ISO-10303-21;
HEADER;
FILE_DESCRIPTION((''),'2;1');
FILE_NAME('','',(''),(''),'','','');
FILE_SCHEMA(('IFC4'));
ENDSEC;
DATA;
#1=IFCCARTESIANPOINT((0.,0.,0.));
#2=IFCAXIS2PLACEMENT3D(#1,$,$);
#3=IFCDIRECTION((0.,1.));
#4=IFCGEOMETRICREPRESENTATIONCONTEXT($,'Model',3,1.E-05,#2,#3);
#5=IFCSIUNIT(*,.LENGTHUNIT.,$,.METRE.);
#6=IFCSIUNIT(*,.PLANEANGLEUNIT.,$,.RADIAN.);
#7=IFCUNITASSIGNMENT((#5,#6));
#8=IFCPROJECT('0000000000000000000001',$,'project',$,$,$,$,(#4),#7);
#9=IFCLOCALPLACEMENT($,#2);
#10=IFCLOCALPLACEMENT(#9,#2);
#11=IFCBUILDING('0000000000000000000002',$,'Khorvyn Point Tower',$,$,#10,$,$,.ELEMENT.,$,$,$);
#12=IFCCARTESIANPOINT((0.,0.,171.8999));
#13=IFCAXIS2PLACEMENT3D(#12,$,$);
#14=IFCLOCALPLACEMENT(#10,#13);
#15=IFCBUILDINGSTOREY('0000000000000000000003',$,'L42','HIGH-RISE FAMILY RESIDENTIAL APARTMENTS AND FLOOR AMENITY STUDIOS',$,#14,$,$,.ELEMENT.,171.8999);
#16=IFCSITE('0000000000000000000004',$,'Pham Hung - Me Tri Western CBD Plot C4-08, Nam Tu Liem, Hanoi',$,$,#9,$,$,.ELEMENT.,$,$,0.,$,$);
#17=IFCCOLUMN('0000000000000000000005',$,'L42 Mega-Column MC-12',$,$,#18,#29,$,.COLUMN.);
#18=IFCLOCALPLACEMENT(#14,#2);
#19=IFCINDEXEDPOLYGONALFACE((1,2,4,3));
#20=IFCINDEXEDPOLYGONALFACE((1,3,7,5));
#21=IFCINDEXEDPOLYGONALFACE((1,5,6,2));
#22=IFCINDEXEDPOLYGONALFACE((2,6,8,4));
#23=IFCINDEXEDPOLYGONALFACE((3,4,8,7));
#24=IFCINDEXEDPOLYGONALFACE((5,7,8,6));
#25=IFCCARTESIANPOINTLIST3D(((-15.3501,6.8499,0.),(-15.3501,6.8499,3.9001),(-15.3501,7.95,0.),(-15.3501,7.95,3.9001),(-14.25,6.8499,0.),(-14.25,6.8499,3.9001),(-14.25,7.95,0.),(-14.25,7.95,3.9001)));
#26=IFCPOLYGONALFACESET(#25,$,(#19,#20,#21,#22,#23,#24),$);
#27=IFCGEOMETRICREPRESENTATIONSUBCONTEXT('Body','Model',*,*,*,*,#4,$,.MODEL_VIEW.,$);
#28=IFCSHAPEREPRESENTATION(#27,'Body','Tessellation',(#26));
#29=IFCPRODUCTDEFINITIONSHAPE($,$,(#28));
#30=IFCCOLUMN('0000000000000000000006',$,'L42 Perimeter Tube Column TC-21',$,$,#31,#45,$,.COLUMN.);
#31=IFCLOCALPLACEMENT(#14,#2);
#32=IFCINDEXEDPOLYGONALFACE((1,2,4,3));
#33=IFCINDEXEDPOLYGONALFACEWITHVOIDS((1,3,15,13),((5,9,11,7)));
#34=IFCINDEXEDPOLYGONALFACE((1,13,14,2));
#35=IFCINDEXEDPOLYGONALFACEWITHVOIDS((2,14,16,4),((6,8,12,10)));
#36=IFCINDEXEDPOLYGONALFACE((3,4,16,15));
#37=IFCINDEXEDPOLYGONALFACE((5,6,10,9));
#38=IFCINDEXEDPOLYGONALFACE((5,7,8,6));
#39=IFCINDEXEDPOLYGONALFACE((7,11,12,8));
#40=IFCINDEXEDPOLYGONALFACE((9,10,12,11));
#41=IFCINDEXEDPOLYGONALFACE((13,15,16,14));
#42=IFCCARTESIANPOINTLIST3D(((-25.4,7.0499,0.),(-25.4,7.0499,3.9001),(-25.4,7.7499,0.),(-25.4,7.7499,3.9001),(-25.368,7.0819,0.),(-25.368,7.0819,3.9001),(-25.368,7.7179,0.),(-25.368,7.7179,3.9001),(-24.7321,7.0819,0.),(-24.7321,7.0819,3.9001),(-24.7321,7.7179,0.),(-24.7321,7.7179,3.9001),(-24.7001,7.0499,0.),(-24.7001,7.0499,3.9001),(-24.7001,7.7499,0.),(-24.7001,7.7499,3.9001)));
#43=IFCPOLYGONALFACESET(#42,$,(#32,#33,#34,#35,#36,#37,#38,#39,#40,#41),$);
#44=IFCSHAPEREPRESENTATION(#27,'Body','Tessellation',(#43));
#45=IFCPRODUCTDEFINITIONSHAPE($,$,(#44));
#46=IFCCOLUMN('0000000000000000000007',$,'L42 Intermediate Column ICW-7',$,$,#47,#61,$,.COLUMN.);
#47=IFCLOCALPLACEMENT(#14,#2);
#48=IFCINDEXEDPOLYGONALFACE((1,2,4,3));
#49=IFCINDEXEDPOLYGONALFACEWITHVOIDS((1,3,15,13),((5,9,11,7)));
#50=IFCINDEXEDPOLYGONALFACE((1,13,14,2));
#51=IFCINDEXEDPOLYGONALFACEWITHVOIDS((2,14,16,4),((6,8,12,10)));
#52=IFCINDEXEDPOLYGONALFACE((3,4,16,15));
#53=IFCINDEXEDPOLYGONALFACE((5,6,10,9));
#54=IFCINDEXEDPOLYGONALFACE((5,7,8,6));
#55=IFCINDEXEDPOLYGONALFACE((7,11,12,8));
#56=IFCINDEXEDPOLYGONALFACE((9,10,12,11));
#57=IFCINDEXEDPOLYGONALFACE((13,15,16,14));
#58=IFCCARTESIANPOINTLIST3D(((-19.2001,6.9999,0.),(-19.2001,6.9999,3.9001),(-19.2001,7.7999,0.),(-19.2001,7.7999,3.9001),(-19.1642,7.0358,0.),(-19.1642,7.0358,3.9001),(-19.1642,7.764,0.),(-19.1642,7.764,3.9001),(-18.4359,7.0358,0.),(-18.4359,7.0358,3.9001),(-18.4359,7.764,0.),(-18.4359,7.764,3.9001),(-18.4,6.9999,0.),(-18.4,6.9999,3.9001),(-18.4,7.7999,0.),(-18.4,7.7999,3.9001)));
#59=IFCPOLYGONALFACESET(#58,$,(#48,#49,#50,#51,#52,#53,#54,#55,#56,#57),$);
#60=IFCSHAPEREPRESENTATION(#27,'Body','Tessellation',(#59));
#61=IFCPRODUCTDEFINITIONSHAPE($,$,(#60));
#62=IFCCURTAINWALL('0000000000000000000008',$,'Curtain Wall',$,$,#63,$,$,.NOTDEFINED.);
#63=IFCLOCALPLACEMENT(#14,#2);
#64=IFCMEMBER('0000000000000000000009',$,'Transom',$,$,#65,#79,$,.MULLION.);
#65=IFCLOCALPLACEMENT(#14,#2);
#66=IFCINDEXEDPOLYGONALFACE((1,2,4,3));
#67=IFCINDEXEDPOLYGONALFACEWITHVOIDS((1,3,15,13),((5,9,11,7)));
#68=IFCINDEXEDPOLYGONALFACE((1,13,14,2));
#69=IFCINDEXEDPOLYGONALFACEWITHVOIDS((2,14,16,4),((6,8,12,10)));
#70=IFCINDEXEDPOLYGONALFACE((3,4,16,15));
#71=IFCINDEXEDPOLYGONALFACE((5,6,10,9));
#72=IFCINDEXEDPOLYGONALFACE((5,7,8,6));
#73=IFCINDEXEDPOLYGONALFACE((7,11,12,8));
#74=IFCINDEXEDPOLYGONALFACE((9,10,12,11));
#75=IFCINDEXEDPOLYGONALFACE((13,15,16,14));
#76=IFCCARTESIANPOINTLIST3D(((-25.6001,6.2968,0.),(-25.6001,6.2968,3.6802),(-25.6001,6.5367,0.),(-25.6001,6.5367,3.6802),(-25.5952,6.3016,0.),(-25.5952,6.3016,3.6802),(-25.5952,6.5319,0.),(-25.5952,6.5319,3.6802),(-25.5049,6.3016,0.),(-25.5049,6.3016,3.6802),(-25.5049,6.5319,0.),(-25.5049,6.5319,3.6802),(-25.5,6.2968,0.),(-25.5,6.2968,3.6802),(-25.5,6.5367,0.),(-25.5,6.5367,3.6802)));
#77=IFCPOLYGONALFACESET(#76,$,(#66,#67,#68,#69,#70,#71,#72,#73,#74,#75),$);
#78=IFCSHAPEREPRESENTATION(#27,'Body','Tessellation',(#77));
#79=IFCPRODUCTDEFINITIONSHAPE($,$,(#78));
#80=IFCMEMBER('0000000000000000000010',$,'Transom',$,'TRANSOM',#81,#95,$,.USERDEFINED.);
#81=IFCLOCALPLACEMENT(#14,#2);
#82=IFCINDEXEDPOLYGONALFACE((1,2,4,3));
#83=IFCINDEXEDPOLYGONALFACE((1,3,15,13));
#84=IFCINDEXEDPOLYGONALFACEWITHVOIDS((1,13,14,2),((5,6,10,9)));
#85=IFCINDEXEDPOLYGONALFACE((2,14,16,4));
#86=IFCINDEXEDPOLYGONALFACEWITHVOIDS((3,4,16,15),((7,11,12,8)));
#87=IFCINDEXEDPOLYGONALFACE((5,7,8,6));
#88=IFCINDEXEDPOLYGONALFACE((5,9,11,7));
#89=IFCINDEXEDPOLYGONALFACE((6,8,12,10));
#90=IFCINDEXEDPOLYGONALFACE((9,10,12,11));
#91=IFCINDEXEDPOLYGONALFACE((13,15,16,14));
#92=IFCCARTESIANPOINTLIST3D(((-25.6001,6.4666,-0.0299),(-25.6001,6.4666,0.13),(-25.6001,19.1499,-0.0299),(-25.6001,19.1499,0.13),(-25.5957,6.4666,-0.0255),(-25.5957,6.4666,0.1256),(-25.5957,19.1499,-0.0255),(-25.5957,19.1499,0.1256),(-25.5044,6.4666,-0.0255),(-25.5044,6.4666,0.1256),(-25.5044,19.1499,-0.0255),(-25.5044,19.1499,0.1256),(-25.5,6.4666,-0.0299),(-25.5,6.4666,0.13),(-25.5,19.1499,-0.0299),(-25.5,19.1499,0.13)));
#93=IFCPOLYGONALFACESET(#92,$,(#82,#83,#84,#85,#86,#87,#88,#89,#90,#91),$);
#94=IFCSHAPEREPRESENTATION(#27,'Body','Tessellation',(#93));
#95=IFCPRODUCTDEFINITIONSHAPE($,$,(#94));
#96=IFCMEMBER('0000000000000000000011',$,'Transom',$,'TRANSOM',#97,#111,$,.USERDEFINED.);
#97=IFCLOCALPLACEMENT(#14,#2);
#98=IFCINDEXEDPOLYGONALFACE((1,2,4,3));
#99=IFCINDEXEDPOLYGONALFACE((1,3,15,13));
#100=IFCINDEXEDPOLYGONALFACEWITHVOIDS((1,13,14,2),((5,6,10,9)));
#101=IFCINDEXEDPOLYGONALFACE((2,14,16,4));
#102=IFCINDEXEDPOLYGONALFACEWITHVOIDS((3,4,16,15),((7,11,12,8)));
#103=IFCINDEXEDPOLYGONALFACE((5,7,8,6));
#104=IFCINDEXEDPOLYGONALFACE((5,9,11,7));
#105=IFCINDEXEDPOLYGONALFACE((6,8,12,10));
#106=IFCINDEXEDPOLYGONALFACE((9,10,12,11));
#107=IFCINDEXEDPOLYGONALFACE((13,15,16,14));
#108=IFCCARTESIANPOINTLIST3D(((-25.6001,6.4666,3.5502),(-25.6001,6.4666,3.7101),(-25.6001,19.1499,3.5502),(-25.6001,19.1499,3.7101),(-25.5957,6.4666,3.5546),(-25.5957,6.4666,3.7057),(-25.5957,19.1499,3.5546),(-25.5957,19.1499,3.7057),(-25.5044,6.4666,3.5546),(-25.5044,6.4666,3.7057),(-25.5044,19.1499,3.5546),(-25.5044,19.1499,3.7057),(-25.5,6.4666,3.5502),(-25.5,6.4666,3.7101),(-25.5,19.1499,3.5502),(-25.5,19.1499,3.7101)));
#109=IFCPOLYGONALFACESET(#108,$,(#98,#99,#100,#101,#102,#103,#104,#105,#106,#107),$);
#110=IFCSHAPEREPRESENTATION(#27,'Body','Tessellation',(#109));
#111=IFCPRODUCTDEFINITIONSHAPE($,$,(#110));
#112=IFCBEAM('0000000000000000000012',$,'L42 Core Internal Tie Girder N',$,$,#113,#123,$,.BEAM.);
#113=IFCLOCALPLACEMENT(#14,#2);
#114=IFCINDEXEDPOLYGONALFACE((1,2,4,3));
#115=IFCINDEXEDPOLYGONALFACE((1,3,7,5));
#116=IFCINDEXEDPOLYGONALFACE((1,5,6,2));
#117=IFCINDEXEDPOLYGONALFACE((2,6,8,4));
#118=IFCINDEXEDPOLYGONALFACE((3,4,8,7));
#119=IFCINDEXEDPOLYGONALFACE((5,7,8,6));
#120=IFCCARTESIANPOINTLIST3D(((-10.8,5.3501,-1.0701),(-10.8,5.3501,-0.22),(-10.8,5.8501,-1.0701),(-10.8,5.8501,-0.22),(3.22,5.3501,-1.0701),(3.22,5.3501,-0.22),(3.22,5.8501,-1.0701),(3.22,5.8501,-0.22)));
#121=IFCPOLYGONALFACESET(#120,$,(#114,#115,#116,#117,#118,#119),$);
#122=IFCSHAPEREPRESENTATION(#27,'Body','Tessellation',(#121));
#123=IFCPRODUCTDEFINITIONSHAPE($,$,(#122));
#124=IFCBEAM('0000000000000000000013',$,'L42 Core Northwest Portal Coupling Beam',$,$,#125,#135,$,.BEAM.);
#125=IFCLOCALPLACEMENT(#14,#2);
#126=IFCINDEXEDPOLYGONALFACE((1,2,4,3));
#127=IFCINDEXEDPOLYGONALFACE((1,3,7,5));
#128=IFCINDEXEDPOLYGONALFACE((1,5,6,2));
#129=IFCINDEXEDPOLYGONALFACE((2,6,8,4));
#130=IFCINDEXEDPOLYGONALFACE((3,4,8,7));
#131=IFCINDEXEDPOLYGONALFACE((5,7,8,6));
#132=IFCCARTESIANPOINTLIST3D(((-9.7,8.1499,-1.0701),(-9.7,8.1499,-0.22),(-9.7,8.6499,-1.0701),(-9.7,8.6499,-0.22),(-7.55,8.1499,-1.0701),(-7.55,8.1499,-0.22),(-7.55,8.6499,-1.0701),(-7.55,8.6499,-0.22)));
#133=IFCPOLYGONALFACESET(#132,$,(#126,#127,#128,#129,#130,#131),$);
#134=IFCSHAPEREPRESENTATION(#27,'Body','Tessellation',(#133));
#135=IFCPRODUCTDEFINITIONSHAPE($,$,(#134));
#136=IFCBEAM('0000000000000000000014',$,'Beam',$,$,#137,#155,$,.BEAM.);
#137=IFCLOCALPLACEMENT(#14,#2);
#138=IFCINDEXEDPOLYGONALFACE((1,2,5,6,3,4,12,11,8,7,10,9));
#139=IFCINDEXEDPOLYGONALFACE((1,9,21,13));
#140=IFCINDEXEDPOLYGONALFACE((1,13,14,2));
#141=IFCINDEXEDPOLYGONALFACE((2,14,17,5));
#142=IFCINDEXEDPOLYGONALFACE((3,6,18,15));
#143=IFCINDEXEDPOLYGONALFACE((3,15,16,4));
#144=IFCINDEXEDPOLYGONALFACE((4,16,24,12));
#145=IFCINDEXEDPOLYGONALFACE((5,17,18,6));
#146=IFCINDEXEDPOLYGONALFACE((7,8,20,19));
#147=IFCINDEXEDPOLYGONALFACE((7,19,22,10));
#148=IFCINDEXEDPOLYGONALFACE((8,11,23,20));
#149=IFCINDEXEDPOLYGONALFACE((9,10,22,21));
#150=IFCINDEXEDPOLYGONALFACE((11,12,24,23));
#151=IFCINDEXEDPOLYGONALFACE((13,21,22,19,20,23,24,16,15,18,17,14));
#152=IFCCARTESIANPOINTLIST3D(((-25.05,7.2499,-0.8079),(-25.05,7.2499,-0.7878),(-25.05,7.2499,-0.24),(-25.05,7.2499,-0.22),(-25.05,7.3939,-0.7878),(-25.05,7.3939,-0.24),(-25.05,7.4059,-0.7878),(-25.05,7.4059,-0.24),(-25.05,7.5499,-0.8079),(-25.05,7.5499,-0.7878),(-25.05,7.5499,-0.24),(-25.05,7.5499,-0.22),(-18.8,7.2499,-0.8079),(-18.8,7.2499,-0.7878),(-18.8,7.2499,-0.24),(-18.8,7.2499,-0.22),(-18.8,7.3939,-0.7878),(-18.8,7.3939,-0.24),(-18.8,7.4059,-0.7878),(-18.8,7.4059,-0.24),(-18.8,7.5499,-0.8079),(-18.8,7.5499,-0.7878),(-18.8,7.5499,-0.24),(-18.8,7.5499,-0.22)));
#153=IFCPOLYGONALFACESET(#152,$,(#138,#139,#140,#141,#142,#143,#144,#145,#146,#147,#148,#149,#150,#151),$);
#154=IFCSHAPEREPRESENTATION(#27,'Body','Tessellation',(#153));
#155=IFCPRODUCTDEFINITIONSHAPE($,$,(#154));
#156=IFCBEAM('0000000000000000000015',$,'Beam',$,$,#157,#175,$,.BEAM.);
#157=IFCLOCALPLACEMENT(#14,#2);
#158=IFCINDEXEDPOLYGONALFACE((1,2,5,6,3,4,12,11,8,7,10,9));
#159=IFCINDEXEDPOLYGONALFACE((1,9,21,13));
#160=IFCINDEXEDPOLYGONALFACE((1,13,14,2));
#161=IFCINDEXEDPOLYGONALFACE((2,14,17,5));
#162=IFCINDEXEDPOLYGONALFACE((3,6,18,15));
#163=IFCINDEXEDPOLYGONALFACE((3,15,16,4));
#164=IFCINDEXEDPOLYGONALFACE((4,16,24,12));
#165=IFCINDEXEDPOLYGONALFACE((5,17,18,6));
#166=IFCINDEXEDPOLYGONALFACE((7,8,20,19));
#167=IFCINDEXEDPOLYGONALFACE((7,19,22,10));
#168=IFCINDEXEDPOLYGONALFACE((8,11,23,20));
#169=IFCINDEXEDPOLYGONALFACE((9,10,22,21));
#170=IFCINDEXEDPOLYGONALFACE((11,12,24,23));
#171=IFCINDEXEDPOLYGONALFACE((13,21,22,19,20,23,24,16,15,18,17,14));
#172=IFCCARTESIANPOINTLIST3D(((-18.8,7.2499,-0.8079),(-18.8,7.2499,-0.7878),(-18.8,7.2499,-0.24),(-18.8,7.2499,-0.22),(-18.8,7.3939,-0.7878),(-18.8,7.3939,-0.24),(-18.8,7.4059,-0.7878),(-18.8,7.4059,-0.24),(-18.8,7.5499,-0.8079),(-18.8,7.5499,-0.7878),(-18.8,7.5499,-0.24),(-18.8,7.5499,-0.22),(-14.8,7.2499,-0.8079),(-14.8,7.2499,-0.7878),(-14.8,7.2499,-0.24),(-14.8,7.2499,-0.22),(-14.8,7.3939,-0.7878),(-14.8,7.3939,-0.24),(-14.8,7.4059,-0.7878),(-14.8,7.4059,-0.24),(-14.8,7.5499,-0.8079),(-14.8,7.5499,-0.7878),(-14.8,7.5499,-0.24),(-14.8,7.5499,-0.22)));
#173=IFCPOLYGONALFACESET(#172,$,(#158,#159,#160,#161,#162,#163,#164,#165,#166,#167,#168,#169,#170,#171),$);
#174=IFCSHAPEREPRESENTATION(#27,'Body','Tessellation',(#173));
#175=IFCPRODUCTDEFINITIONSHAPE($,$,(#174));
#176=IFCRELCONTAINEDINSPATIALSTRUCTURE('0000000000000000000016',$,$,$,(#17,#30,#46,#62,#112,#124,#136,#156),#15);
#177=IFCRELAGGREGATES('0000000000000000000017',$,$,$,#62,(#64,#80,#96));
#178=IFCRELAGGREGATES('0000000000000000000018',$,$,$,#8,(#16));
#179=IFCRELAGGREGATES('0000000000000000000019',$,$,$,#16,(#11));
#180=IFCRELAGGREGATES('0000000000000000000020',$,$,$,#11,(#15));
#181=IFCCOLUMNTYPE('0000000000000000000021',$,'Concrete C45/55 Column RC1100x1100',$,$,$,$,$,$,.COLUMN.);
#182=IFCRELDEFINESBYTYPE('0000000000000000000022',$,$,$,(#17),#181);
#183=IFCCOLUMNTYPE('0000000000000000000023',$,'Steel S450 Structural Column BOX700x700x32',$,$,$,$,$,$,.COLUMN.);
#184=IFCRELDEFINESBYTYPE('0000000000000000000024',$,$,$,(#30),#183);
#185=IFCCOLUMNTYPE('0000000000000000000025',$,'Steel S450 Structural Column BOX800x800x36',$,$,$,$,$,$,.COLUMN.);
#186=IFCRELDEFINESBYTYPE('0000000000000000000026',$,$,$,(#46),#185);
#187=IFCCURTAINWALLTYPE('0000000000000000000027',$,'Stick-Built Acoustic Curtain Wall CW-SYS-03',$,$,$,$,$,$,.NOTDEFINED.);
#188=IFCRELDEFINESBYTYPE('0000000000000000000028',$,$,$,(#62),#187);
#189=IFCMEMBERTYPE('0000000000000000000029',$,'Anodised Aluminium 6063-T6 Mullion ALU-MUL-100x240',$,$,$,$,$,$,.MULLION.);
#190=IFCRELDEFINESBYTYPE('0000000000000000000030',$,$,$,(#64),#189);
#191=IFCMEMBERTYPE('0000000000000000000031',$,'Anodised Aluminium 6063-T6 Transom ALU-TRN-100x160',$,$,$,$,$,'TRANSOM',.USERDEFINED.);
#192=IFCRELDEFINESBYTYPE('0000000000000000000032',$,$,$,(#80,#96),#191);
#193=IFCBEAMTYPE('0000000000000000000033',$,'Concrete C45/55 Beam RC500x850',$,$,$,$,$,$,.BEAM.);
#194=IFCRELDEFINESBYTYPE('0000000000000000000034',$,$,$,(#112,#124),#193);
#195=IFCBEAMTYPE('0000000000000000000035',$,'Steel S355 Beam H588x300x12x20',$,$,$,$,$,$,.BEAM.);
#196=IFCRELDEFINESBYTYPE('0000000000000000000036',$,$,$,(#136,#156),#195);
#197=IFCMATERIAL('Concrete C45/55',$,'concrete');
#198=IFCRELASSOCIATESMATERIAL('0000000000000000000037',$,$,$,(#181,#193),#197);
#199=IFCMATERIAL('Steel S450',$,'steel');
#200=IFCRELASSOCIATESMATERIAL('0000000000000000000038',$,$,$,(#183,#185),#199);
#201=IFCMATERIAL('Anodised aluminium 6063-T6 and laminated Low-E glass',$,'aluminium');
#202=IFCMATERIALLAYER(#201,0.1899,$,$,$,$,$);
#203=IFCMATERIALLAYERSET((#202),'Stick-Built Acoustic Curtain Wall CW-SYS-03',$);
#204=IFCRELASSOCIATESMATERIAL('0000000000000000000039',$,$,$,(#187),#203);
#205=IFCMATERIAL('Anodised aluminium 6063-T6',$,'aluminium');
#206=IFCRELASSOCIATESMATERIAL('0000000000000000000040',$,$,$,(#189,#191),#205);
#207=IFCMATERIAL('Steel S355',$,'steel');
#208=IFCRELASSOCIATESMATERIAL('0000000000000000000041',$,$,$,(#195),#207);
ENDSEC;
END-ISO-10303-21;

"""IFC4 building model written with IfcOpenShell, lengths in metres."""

from ifc_helpers import new_model, si_unit, direction, frame, origin, origin_2d, place, context, subcontext, project, spatial, rectangle, hollow_rectangle, i_section, extrude, material, layer, layer_set, material_profile, profile_set, type_object, element, aggregate, save


model = new_model("IFC4")

# Units and contexts
model_context = context("Model", 3, precision=1e-05, world=origin(), true_north=direction((0.0, 1.0)))
body_context = subcontext(model_context, "Body", "Model", "MODEL_VIEW")
ifc_project = project(units=[si_unit("LENGTHUNIT", "METRE"), si_unit("PLANEANGLEUNIT", "RADIAN")], contexts=[model_context])

# Site, building, storey
site_placement = place(None, origin())
site = spatial("IfcSite", under=ifc_project, at=site_placement, Name="Pham Hung - Me Tri Western CBD Plot C4-08, Nam Tu Liem, Hanoi", CompositionType="ELEMENT", RefElevation=0.0)
building_placement = place(site_placement, origin())
building = spatial("IfcBuilding", under=site, at=building_placement, Name="Khorvyn Point Tower", CompositionType="ELEMENT")
storey_placement = place(building_placement, frame((0.0, 0.0, 171.8999)))
storey = spatial("IfcBuildingStorey", under=building, at=storey_placement, Name="L42", Description="HIGH-RISE FAMILY RESIDENTIAL APARTMENTS AND FLOOR AMENITY STUDIOS", CompositionType="ELEMENT", Elevation=171.8999)

# Columns
ifc_material_1 = material(Name="Concrete C45/55", Category="concrete")
ifc_material_profile_1 = material_profile(ifc_material_1, rectangle(XDim=1.1001, YDim=1.1001, at=origin_2d()))
ifc_profile_set_1 = profile_set([ifc_material_profile_1], Name="Concrete C45/55 RC1100x1100")
column_type_1 = type_object("IfcColumnType", Name="Concrete C45/55 Column RC1100x1100", PredefinedType="COLUMN", material=ifc_profile_set_1)
column_1_placement = place(storey_placement, frame((-14.8, 7.3999, 0.0), z_axis=(0.0, 0.0, 1.0), x_axis=(1.0, 0.0, 0.0)))
element("IfcColumn", 1, at=column_1_placement, inside=storey, type_object=column_type_1, Name="L42 Mega-Column MC-12", PredefinedType="COLUMN", context=body_context, shape_type="SweptSolid", body=[
    extrude(rectangle(XDim=1.1001, YDim=1.1001, at=origin_2d()), origin(), (0.0, 0.0, 1.0), 3.9001),
])
ifc_material_2 = material(Name="Steel S450", Category="steel")
ifc_material_profile_2 = material_profile(ifc_material_2, hollow_rectangle(XDim=0.7, YDim=0.7, WallThickness=0.032, at=origin_2d()))
ifc_profile_set_2 = profile_set([ifc_material_profile_2], Name="Steel S450 BOX700x700x32")
column_type_2 = type_object("IfcColumnType", Name="Steel S450 Structural Column BOX700x700x32", PredefinedType="COLUMN", material=ifc_profile_set_2)
column_2_placement = place(storey_placement, frame((-25.05, 7.3999, 0.0), z_axis=(0.0, 0.0, 1.0), x_axis=(1.0, 0.0, 0.0)))
element("IfcColumn", 2, at=column_2_placement, inside=storey, type_object=column_type_2, Name="L42 Perimeter Tube Column TC-21", PredefinedType="COLUMN", context=body_context, shape_type="SweptSolid", body=[
    extrude(hollow_rectangle(XDim=0.7, YDim=0.7, WallThickness=0.032, at=origin_2d()), origin(), (0.0, 0.0, 1.0), 3.9001),
])
ifc_material_profile_3 = material_profile(ifc_material_2, hollow_rectangle(XDim=0.8, YDim=0.8, WallThickness=0.0359, at=origin_2d()))
ifc_profile_set_3 = profile_set([ifc_material_profile_3], Name="Steel S450 BOX800x800x36")
column_type_3 = type_object("IfcColumnType", Name="Steel S450 Structural Column BOX800x800x36", PredefinedType="COLUMN", material=ifc_profile_set_3)
column_3_placement = place(storey_placement, frame((-18.8, 7.3999, 0.0), z_axis=(0.0, 0.0, 1.0), x_axis=(1.0, 0.0, 0.0)))
element("IfcColumn", 3, at=column_3_placement, inside=storey, type_object=column_type_3, Name="L42 Intermediate Column ICW-7", PredefinedType="COLUMN", context=body_context, shape_type="SweptSolid", body=[
    extrude(hollow_rectangle(XDim=0.8, YDim=0.8, WallThickness=0.0359, at=origin_2d()), origin(), (0.0, 0.0, 1.0), 3.9001),
])

# Curtain wall, members
ifc_material_3 = material(Name="Anodised aluminium 6063-T6 and laminated Low-E glass", Category="aluminium")
ifc_layer_1 = layer(ifc_material_3, 0.1899)
ifc_layer_set_1 = layer_set([ifc_layer_1], Name="Stick-Built Acoustic Curtain Wall CW-SYS-03")
curtain_wall_type = type_object("IfcCurtainWallType", Name="Stick-Built Acoustic Curtain Wall CW-SYS-03", PredefinedType="NOTDEFINED", material=ifc_layer_set_1)
curtain_wall_placement = place(storey_placement, origin())
curtain_wall = element("IfcCurtainWall", 4, at=curtain_wall_placement, inside=storey, type_object=curtain_wall_type, Name="Curtain Wall", PredefinedType="NOTDEFINED")
ifc_material_4 = material(Name="Anodised aluminium 6063-T6", Category="aluminium")
ifc_material_profile_4 = material_profile(ifc_material_4, hollow_rectangle(XDim=0.1001, YDim=0.24, WallThickness=0.0049, at=origin_2d()))
ifc_profile_set_4 = profile_set([ifc_material_profile_4], Name="Anodised aluminium 6063-T6 ALU-MUL-100x240")
member_type_1 = type_object("IfcMemberType", Name="Anodised Aluminium 6063-T6 Mullion ALU-MUL-100x240", PredefinedType="MULLION", material=ifc_profile_set_4)
member_1_placement = place(storey_placement, frame((-25.55, 6.4167, 0.0), z_axis=(0.0, 0.0, 1.0), x_axis=(-1.0, 0.0, 0.0)))
member_1 = element("IfcMember", 5, at=member_1_placement, type_object=member_type_1, Name="Transom", PredefinedType="MULLION", context=body_context, shape_type="SweptSolid", body=[
    extrude(hollow_rectangle(XDim=0.1001, YDim=0.24, WallThickness=0.0049, at=origin_2d()), origin(), (0.0, 0.0, 1.0), 3.6802),
])
ifc_material_profile_5 = material_profile(ifc_material_4, hollow_rectangle(XDim=0.1001, YDim=0.1599, WallThickness=0.0044, at=origin_2d()))
ifc_profile_set_5 = profile_set([ifc_material_profile_5], Name="Anodised aluminium 6063-T6 ALU-TRN-100x160")
member_type_2 = type_object("IfcMemberType", Name="Anodised Aluminium 6063-T6 Transom ALU-TRN-100x160", ElementType="TRANSOM", PredefinedType="USERDEFINED", material=ifc_profile_set_5)
member_2_placement = place(storey_placement, frame((-25.55, 6.4666, 0.05), z_axis=(0.0, 1.0, 0.0), x_axis=(-1.0, 0.0, 0.0)))
member_2 = element("IfcMember", 6, at=member_2_placement, type_object=member_type_2, Name="Transom", ObjectType="TRANSOM", PredefinedType="USERDEFINED", context=body_context, shape_type="SweptSolid", body=[
    extrude(hollow_rectangle(XDim=0.1001, YDim=0.1599, WallThickness=0.0044, at=origin_2d()), origin(), (0.0, 0.0, 1.0), 12.6833),
])
member_3_placement = place(storey_placement, frame((-25.55, 6.4666, 3.6301), z_axis=(0.0, 1.0, 0.0), x_axis=(-1.0, 0.0, 0.0)))
member_3 = element("IfcMember", 7, at=member_3_placement, type_object=member_type_2, Name="Transom", ObjectType="TRANSOM", PredefinedType="USERDEFINED", context=body_context, shape_type="SweptSolid", body=[
    extrude(hollow_rectangle(XDim=0.1001, YDim=0.1599, WallThickness=0.0044, at=origin_2d()), origin(), (0.0, 0.0, 1.0), 12.6833),
])

# Beams
ifc_material_profile_6 = material_profile(ifc_material_1, rectangle(XDim=0.5, YDim=0.8501, at=origin_2d()))
ifc_profile_set_6 = profile_set([ifc_material_profile_6], Name="Concrete C45/55 RC500x850")
beam_type_1 = type_object("IfcBeamType", Name="Concrete C45/55 Beam RC500x850", PredefinedType="BEAM", material=ifc_profile_set_6)
beam_1_placement = place(storey_placement, frame((-10.8, 5.6001, -0.645), z_axis=(1.0, 0.0, 0.0), x_axis=(0.0, 1.0, 0.0)))
element("IfcBeam", 8, at=beam_1_placement, inside=storey, type_object=beam_type_1, Name="L42 Core Internal Tie Girder N", PredefinedType="BEAM", context=body_context, shape_type="SweptSolid", body=[
    extrude(rectangle(XDim=0.5, YDim=0.8501, at=origin_2d()), origin(), (0.0, 0.0, 1.0), 14.02),
])
beam_2_placement = place(storey_placement, frame((-9.7, 8.3999, -0.645), z_axis=(1.0, 0.0, 0.0), x_axis=(0.0, 1.0, 0.0)))
element("IfcBeam", 9, at=beam_2_placement, inside=storey, type_object=beam_type_1, Name="L42 Core Northwest Portal Coupling Beam", PredefinedType="BEAM", context=body_context, shape_type="SweptSolid", body=[
    extrude(rectangle(XDim=0.5, YDim=0.8501, at=origin_2d()), origin(), (0.0, 0.0, 1.0), 2.1499),
])
ifc_material_5 = material(Name="Steel S355", Category="steel")
ifc_material_profile_7 = material_profile(ifc_material_5, i_section(OverallWidth=0.3, OverallDepth=0.5879, WebThickness=0.012, FlangeThickness=0.02, at=origin_2d()))
ifc_profile_set_7 = profile_set([ifc_material_profile_7], Name="Steel S355 H588x300x12x20")
beam_type_2 = type_object("IfcBeamType", Name="Steel S355 Beam H588x300x12x20", PredefinedType="BEAM", material=ifc_profile_set_7)
beam_3_placement = place(storey_placement, frame((-25.05, 7.3999, -0.5139), z_axis=(1.0, 0.0, 0.0), x_axis=(0.0, 1.0, 0.0)))
element("IfcBeam", 10, at=beam_3_placement, inside=storey, type_object=beam_type_2, Name="Beam", PredefinedType="BEAM", context=body_context, shape_type="SweptSolid", body=[
    extrude(i_section(OverallWidth=0.3, OverallDepth=0.5879, WebThickness=0.012, FlangeThickness=0.02, at=origin_2d()), origin(), (0.0, 0.0, 1.0), 6.25),
])
for number, where, z_axis, x_axis, name in (
    (11, (-18.8, 7.3999, -0.5139), (1.0, 0.0, 0.0), (0.0, 1.0, 0.0), "Beam"),
):
    element("IfcBeam", number, at=place(storey_placement, frame(where, z_axis=z_axis, x_axis=x_axis)), inside=storey, type_object=beam_type_2, Name=name, PredefinedType="BEAM", context=body_context, shape_type="SweptSolid", body=[
        extrude(i_section(OverallWidth=0.3, OverallDepth=0.5879, WebThickness=0.012, FlangeThickness=0.02, at=origin_2d()), origin(), (0.0, 0.0, 1.0), 4.0),
    ])

aggregate(curtain_wall, [member_1, member_2, member_3])

save(model, "model.ifc")
